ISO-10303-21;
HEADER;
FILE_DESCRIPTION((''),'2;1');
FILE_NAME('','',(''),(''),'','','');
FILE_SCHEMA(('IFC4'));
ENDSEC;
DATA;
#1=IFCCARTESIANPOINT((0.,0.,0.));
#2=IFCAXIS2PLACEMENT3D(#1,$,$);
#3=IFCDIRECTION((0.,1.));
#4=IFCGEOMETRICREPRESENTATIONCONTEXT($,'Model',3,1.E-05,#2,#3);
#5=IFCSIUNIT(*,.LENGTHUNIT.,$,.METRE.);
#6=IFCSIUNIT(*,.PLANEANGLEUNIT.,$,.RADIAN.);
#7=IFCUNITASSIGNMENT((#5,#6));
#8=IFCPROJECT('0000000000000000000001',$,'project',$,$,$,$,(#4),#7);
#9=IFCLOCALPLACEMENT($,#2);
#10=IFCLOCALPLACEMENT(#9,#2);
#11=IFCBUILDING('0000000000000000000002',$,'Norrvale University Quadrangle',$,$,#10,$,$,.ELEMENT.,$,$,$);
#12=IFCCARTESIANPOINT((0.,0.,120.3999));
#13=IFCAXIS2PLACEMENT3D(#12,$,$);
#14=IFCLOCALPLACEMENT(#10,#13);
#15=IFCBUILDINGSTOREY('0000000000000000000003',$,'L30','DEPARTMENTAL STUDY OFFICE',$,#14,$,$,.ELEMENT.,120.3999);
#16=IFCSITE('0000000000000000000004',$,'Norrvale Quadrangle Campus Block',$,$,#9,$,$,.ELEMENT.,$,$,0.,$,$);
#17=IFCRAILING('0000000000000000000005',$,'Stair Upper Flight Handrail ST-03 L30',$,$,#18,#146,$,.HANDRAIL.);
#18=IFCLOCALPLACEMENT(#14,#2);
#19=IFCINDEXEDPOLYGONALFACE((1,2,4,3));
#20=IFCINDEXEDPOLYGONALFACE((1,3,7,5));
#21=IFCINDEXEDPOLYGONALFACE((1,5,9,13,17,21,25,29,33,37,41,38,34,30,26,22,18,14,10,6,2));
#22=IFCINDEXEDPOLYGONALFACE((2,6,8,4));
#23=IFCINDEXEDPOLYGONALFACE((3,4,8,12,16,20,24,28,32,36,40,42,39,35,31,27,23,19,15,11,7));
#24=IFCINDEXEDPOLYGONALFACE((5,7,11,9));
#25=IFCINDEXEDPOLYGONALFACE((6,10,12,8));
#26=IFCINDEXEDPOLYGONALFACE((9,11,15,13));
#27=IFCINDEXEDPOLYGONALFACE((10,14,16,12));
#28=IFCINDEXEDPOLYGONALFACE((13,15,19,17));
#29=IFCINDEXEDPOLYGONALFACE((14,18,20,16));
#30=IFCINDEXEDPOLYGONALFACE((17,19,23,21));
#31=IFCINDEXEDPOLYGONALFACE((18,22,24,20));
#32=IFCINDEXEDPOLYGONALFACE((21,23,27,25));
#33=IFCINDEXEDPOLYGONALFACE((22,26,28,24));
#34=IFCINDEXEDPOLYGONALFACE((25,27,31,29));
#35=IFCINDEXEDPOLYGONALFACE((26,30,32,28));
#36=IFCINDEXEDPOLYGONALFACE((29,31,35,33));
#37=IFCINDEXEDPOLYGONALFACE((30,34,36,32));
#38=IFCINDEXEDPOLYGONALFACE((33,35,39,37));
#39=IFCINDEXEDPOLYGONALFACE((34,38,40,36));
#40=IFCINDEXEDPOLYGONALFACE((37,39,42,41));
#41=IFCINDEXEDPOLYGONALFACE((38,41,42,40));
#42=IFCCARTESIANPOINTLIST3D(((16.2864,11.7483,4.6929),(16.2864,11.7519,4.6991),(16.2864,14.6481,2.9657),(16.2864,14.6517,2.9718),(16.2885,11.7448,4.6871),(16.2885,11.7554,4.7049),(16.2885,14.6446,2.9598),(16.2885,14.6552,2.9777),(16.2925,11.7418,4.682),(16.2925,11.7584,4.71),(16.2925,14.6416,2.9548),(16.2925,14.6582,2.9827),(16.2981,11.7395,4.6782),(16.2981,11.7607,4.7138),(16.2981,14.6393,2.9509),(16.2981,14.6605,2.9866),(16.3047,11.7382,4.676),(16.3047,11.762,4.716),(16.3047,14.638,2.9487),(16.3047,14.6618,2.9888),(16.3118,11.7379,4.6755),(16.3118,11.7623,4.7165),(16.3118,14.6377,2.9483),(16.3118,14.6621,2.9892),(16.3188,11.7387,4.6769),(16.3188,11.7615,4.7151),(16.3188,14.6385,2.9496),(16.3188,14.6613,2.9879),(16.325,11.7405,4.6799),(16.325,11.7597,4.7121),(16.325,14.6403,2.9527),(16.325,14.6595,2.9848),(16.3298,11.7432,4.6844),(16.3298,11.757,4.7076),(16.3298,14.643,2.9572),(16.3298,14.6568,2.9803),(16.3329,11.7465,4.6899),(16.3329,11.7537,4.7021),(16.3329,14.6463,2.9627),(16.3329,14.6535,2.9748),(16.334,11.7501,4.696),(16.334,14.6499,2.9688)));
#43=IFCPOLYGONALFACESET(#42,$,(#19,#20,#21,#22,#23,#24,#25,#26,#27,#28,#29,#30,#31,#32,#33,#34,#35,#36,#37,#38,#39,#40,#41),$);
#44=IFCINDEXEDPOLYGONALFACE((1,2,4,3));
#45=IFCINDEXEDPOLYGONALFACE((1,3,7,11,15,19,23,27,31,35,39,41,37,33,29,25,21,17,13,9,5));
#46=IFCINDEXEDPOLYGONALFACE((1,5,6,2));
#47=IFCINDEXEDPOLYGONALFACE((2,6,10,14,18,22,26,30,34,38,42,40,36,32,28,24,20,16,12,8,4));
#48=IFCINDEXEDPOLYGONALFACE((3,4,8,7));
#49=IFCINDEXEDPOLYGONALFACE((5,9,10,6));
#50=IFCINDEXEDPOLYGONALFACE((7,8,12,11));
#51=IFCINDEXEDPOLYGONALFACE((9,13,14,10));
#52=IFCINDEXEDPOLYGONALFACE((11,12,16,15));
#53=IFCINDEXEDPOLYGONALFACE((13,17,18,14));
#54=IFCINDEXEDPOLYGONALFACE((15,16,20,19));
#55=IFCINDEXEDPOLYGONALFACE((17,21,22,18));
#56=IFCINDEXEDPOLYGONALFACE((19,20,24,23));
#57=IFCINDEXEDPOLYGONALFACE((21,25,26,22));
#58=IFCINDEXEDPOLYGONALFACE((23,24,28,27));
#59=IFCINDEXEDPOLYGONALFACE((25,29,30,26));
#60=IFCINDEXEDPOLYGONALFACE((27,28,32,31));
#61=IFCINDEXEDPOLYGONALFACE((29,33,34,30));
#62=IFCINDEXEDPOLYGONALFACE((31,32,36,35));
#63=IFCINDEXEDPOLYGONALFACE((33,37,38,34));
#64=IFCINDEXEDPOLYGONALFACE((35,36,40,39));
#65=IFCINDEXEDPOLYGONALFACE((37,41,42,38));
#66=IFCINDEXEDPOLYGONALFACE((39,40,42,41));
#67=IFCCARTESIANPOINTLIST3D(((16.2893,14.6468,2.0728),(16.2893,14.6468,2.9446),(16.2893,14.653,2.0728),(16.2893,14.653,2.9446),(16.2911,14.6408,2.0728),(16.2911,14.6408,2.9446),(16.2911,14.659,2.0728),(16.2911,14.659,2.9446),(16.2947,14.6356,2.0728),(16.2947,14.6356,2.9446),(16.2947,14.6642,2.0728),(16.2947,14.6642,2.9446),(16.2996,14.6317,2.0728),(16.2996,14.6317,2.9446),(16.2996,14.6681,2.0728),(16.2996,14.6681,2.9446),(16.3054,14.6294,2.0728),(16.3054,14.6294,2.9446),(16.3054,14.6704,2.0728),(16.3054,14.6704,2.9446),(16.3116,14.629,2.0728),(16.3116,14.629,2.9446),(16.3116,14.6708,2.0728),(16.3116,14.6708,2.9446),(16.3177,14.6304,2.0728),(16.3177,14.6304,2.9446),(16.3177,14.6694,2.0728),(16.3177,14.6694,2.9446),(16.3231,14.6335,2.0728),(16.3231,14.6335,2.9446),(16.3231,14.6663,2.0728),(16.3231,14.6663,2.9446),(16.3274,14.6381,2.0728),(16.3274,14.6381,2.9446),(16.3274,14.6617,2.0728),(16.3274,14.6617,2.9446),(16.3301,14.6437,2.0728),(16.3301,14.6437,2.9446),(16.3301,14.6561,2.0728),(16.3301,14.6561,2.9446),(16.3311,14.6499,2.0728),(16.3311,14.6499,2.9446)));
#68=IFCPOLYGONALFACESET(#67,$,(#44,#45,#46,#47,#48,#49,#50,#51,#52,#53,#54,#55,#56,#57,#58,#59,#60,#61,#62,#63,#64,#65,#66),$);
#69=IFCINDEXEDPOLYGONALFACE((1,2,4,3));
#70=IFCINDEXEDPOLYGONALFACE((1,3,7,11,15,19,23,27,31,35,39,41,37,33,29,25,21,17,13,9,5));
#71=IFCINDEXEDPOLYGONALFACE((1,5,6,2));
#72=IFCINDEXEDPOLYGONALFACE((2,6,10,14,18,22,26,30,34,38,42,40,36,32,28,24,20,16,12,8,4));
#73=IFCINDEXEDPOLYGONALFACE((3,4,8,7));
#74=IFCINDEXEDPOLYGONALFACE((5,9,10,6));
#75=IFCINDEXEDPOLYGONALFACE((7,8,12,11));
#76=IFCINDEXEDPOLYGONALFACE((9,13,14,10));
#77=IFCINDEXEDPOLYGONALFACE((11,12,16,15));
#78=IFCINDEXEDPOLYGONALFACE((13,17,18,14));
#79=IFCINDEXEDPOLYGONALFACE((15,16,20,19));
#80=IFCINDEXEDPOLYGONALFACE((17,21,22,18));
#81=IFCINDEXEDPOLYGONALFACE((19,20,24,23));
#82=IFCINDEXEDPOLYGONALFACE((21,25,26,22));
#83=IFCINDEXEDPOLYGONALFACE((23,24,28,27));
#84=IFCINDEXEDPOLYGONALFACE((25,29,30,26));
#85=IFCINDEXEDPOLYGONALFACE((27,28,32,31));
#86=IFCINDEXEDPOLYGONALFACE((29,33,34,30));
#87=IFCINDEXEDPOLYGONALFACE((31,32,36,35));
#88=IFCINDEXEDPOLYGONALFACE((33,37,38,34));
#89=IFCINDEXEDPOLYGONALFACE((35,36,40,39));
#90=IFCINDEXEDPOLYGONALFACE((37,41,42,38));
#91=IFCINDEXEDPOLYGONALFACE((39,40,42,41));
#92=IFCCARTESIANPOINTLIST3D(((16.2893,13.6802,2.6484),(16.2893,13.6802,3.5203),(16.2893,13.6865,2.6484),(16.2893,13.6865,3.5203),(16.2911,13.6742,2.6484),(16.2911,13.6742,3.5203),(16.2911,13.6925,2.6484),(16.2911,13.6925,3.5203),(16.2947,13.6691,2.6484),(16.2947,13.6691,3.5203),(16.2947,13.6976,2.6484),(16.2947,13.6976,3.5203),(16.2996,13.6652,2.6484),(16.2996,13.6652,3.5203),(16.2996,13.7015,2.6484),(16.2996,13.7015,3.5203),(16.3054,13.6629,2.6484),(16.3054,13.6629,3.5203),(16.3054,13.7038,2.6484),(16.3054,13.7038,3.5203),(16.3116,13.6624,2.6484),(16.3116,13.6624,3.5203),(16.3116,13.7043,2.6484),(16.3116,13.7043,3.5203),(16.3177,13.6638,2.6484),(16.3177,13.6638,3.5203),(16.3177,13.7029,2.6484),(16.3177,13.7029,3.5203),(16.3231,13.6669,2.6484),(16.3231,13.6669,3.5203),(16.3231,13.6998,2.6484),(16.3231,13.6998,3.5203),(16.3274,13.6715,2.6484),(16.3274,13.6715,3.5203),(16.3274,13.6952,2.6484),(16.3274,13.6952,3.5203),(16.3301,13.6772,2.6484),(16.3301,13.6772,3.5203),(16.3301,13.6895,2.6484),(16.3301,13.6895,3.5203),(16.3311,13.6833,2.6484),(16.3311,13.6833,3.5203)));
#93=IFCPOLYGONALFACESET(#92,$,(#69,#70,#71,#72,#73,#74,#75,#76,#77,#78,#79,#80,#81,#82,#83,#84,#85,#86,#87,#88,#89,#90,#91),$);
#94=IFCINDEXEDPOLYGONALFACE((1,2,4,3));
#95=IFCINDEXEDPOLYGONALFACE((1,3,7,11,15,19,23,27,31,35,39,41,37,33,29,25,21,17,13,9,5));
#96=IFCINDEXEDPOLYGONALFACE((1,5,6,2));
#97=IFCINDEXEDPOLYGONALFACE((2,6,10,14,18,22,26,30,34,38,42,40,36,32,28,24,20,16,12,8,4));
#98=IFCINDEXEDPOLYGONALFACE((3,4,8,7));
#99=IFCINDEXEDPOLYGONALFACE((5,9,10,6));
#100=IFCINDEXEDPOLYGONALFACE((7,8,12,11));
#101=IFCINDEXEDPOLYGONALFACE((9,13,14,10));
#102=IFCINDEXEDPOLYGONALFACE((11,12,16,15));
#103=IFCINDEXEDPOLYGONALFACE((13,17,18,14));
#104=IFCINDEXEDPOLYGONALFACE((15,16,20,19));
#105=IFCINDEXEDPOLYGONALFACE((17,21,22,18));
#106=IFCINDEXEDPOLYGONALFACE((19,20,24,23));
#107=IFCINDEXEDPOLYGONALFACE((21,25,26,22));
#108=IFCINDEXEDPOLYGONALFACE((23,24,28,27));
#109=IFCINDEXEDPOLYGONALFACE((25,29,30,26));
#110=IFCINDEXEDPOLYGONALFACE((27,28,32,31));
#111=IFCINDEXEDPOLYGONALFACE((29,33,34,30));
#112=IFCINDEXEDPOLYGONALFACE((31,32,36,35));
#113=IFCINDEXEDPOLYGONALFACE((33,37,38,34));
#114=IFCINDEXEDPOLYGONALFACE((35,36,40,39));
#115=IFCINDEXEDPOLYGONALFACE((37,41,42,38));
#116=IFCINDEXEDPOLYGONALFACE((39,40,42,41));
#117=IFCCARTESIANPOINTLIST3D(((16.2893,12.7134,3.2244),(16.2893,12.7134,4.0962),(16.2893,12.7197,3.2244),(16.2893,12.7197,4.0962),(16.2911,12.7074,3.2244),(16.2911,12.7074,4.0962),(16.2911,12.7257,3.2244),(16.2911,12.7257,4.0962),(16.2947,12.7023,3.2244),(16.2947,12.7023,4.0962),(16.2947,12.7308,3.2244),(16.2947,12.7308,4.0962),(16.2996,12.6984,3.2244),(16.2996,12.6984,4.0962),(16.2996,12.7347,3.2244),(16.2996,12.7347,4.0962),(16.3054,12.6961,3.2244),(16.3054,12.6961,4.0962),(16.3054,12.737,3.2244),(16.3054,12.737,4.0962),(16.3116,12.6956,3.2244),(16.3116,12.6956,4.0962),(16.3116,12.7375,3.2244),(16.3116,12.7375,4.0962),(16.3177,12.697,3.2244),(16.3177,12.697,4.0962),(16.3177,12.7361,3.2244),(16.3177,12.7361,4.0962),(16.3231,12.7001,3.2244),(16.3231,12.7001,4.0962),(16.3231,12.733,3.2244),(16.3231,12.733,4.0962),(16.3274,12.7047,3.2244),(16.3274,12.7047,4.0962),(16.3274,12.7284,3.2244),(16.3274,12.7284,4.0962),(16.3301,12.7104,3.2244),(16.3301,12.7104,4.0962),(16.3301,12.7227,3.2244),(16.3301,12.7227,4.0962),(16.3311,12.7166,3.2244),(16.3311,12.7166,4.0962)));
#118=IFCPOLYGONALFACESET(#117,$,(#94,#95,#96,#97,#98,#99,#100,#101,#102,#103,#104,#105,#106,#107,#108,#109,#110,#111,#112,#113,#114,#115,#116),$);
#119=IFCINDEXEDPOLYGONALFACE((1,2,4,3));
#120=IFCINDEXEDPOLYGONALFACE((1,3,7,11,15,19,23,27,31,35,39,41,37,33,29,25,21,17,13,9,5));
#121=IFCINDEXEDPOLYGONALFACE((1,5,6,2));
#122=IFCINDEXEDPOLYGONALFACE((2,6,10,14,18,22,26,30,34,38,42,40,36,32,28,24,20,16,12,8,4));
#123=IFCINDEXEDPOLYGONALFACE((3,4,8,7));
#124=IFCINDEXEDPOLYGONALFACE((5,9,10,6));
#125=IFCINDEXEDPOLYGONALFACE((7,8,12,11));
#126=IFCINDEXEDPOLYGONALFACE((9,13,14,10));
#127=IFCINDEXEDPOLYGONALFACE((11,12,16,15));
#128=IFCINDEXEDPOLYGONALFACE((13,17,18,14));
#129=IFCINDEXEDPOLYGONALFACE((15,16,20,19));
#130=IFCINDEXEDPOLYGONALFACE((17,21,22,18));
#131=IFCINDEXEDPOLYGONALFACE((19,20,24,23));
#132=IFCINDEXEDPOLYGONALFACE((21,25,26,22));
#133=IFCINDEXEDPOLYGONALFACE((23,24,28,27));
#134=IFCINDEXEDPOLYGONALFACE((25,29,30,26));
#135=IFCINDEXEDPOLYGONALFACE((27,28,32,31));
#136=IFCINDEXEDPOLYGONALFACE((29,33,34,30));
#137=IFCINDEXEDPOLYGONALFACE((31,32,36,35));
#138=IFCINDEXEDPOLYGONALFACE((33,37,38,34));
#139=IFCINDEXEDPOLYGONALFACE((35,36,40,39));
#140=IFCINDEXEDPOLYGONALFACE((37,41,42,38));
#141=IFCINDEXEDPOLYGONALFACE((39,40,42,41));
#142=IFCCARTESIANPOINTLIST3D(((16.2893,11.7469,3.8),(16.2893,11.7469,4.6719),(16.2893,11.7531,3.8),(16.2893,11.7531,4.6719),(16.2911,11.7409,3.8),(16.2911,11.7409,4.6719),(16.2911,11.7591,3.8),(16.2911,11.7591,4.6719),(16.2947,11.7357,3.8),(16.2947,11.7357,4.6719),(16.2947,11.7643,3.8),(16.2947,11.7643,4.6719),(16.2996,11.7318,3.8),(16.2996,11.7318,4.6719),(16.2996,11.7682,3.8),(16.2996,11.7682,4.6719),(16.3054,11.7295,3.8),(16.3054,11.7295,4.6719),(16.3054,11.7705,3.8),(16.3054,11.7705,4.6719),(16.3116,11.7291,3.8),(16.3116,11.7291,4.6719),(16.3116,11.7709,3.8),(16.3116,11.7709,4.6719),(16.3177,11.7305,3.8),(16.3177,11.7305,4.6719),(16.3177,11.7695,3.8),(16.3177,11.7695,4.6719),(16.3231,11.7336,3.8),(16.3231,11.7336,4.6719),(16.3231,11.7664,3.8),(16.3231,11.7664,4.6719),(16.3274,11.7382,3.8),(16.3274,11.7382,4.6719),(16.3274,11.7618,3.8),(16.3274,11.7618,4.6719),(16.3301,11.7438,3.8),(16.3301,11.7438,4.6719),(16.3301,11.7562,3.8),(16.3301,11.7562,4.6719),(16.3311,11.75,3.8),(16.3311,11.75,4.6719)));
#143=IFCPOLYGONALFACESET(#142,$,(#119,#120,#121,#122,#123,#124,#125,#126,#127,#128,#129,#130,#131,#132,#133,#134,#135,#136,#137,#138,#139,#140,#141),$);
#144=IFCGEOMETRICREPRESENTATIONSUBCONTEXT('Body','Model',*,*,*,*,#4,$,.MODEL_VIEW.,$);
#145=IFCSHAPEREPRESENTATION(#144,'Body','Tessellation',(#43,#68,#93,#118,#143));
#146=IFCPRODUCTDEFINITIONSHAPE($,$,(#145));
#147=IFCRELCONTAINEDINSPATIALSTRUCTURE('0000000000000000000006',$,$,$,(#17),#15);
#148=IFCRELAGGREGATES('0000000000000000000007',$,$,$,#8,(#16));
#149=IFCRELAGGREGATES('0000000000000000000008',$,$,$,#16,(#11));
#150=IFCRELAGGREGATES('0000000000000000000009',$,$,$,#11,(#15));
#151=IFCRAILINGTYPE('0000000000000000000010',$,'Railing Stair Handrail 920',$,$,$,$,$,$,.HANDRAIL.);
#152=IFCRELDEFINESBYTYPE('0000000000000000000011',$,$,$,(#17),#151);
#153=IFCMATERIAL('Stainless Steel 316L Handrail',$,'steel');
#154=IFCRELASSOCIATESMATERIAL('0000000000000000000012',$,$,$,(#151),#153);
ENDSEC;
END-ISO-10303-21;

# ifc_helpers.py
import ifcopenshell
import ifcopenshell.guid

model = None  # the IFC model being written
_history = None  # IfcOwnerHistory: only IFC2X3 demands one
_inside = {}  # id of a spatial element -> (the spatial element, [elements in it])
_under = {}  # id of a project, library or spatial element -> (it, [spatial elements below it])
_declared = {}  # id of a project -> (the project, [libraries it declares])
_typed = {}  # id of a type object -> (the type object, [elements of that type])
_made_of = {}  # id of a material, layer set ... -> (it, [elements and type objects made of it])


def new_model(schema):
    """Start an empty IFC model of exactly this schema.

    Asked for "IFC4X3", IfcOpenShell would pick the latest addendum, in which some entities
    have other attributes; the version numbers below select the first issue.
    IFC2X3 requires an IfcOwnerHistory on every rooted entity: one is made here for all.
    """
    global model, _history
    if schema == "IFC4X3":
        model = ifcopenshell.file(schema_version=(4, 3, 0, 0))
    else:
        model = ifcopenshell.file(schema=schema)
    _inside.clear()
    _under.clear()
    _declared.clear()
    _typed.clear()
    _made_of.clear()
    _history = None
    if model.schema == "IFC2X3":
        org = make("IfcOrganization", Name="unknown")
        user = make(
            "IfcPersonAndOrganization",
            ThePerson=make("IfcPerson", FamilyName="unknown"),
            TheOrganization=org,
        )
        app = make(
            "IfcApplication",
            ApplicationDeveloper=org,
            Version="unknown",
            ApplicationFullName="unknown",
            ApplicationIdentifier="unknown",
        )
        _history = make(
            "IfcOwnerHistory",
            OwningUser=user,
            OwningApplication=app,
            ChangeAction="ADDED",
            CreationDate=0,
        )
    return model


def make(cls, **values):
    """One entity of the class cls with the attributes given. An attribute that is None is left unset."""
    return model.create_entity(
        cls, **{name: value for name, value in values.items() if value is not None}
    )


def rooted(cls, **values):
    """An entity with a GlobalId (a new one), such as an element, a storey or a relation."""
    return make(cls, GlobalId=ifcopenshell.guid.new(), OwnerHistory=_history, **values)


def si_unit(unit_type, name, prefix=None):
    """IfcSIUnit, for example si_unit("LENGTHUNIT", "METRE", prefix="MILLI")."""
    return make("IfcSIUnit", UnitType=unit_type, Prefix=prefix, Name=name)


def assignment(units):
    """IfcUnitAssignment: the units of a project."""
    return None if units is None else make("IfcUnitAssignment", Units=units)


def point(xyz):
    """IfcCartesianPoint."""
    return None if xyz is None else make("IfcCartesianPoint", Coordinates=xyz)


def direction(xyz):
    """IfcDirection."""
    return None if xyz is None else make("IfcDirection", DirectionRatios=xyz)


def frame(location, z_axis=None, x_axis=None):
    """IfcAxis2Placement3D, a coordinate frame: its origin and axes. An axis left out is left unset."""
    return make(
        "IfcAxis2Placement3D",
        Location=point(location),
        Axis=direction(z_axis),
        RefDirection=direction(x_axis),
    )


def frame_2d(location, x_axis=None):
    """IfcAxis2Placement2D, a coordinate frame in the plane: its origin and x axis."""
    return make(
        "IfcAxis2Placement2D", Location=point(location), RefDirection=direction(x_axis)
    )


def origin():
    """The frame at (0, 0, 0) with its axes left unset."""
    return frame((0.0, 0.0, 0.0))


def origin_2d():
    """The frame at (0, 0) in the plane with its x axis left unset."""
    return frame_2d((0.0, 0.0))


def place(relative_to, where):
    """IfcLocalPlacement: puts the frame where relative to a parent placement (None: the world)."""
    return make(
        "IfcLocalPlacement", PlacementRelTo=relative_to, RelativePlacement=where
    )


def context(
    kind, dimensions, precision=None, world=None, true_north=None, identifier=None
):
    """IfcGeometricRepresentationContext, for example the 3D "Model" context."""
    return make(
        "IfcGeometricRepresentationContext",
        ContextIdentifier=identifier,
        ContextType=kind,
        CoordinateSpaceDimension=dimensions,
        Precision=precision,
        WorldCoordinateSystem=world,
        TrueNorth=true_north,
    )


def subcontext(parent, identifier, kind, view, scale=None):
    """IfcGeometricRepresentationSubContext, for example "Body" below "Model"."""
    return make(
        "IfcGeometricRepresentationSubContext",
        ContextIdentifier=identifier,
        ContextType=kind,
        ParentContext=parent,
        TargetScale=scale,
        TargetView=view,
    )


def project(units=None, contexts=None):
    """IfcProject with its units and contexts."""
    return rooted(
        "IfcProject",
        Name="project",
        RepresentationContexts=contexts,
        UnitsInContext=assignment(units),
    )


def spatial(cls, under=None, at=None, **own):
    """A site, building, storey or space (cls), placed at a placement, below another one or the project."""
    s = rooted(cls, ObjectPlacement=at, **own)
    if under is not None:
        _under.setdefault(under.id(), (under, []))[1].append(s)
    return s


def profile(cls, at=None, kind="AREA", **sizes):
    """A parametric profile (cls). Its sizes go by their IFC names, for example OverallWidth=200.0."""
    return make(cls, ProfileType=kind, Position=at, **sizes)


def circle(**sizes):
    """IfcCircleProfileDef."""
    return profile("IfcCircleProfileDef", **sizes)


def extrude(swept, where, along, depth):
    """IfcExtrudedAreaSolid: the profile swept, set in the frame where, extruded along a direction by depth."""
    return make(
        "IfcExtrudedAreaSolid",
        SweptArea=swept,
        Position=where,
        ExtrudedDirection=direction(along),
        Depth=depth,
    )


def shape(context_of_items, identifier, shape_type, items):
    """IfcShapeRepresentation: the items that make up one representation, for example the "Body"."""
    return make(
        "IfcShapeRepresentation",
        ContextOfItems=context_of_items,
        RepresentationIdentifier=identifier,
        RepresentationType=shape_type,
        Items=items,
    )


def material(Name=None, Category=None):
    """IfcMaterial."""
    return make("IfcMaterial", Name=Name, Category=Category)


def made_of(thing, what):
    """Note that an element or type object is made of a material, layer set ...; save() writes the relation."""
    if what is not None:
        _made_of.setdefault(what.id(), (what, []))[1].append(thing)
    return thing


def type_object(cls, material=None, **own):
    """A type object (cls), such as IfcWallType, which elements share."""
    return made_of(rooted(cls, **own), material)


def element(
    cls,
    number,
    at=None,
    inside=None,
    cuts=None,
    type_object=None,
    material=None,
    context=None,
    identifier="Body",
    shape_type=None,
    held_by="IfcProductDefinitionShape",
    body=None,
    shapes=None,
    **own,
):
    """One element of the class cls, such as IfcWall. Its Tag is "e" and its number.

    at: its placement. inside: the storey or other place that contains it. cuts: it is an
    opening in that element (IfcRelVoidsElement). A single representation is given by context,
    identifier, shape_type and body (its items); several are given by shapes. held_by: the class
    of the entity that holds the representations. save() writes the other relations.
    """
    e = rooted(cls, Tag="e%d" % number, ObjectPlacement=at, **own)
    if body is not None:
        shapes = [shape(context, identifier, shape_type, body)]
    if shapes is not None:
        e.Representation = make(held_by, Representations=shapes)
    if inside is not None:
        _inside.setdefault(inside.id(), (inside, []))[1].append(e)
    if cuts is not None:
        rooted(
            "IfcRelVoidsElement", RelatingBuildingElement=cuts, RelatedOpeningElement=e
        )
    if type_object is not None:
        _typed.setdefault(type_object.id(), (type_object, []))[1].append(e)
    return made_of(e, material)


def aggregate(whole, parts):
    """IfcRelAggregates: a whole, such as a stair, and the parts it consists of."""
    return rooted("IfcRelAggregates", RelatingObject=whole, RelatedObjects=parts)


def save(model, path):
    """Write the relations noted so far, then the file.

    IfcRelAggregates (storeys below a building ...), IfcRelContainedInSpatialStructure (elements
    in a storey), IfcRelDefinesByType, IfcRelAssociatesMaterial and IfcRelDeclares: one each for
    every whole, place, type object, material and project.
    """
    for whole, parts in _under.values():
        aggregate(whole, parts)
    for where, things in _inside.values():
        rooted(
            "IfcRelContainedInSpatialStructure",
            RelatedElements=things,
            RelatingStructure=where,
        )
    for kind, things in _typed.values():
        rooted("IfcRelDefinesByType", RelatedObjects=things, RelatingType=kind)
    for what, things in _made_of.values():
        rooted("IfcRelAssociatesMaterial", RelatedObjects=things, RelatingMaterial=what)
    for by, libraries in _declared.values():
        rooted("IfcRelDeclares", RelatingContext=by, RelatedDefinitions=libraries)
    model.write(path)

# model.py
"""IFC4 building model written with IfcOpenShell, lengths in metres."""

from ifc_helpers import new_model, si_unit, direction, frame, origin, origin_2d, place, context, subcontext, project, spatial, circle, extrude, material, type_object, element, save


model = new_model("IFC4")

# Units and contexts
model_context = context("Model", 3, precision=1e-05, world=origin(), true_north=direction((0.0, 1.0)))
body_context = subcontext(model_context, "Body", "Model", "MODEL_VIEW")
ifc_project = project(units=[si_unit("LENGTHUNIT", "METRE"), si_unit("PLANEANGLEUNIT", "RADIAN")], contexts=[model_context])

# Site, building, storey
site_placement = place(None, origin())
site = spatial("IfcSite", under=ifc_project, at=site_placement, Name="Norrvale Quadrangle Campus Block", CompositionType="ELEMENT", RefElevation=0.0)
building_placement = place(site_placement, origin())
building = spatial("IfcBuilding", under=site, at=building_placement, Name="Norrvale University Quadrangle", CompositionType="ELEMENT")
storey_placement = place(building_placement, frame((0.0, 0.0, 120.3999)))
storey = spatial("IfcBuildingStorey", under=building, at=storey_placement, Name="L30", Description="DEPARTMENTAL STUDY OFFICE", CompositionType="ELEMENT", Elevation=120.3999)

# Railing
ifc_material_1 = material(Name="Stainless Steel 316L Handrail", Category="steel")
railing_type_1 = type_object("IfcRailingType", Name="Railing Stair Handrail 920", PredefinedType="HANDRAIL", material=ifc_material_1)
railing_1_placement = place(storey_placement, frame((16.3101, 14.6499, 2.0728)))
element("IfcRailing", 1, at=railing_1_placement, inside=storey, type_object=railing_type_1, Name="Stair Upper Flight Handrail ST-03 L30", PredefinedType="HANDRAIL", context=body_context, shape_type="SweptSolid", body=[
    extrude(circle(Radius=0.0239, at=origin_2d()), frame((0.0, 0.0, 0.896), z_axis=(0.0, -0.859141, 0.511738), x_axis=(1.0, 0.0, 0.0)), (0.0, 0.0, 1.0), 3.3752),
    extrude(circle(Radius=0.021, at=origin_2d()), origin(), (0.0, 0.0, 1.0), 0.8718),
    extrude(circle(Radius=0.021, at=origin_2d()), frame((0.0, -0.9666, 0.5757)), (0.0, 0.0, 1.0), 0.8718),
    extrude(circle(Radius=0.021, at=origin_2d()), frame((0.0, -1.9333, 1.1516)), (0.0, 0.0, 1.0), 0.8718),
    extrude(circle(Radius=0.021, at=origin_2d()), frame((0.0, -2.8999, 1.7273)), (0.0, 0.0, 1.0), 0.8718),
])

save(model, "model.ifc")
